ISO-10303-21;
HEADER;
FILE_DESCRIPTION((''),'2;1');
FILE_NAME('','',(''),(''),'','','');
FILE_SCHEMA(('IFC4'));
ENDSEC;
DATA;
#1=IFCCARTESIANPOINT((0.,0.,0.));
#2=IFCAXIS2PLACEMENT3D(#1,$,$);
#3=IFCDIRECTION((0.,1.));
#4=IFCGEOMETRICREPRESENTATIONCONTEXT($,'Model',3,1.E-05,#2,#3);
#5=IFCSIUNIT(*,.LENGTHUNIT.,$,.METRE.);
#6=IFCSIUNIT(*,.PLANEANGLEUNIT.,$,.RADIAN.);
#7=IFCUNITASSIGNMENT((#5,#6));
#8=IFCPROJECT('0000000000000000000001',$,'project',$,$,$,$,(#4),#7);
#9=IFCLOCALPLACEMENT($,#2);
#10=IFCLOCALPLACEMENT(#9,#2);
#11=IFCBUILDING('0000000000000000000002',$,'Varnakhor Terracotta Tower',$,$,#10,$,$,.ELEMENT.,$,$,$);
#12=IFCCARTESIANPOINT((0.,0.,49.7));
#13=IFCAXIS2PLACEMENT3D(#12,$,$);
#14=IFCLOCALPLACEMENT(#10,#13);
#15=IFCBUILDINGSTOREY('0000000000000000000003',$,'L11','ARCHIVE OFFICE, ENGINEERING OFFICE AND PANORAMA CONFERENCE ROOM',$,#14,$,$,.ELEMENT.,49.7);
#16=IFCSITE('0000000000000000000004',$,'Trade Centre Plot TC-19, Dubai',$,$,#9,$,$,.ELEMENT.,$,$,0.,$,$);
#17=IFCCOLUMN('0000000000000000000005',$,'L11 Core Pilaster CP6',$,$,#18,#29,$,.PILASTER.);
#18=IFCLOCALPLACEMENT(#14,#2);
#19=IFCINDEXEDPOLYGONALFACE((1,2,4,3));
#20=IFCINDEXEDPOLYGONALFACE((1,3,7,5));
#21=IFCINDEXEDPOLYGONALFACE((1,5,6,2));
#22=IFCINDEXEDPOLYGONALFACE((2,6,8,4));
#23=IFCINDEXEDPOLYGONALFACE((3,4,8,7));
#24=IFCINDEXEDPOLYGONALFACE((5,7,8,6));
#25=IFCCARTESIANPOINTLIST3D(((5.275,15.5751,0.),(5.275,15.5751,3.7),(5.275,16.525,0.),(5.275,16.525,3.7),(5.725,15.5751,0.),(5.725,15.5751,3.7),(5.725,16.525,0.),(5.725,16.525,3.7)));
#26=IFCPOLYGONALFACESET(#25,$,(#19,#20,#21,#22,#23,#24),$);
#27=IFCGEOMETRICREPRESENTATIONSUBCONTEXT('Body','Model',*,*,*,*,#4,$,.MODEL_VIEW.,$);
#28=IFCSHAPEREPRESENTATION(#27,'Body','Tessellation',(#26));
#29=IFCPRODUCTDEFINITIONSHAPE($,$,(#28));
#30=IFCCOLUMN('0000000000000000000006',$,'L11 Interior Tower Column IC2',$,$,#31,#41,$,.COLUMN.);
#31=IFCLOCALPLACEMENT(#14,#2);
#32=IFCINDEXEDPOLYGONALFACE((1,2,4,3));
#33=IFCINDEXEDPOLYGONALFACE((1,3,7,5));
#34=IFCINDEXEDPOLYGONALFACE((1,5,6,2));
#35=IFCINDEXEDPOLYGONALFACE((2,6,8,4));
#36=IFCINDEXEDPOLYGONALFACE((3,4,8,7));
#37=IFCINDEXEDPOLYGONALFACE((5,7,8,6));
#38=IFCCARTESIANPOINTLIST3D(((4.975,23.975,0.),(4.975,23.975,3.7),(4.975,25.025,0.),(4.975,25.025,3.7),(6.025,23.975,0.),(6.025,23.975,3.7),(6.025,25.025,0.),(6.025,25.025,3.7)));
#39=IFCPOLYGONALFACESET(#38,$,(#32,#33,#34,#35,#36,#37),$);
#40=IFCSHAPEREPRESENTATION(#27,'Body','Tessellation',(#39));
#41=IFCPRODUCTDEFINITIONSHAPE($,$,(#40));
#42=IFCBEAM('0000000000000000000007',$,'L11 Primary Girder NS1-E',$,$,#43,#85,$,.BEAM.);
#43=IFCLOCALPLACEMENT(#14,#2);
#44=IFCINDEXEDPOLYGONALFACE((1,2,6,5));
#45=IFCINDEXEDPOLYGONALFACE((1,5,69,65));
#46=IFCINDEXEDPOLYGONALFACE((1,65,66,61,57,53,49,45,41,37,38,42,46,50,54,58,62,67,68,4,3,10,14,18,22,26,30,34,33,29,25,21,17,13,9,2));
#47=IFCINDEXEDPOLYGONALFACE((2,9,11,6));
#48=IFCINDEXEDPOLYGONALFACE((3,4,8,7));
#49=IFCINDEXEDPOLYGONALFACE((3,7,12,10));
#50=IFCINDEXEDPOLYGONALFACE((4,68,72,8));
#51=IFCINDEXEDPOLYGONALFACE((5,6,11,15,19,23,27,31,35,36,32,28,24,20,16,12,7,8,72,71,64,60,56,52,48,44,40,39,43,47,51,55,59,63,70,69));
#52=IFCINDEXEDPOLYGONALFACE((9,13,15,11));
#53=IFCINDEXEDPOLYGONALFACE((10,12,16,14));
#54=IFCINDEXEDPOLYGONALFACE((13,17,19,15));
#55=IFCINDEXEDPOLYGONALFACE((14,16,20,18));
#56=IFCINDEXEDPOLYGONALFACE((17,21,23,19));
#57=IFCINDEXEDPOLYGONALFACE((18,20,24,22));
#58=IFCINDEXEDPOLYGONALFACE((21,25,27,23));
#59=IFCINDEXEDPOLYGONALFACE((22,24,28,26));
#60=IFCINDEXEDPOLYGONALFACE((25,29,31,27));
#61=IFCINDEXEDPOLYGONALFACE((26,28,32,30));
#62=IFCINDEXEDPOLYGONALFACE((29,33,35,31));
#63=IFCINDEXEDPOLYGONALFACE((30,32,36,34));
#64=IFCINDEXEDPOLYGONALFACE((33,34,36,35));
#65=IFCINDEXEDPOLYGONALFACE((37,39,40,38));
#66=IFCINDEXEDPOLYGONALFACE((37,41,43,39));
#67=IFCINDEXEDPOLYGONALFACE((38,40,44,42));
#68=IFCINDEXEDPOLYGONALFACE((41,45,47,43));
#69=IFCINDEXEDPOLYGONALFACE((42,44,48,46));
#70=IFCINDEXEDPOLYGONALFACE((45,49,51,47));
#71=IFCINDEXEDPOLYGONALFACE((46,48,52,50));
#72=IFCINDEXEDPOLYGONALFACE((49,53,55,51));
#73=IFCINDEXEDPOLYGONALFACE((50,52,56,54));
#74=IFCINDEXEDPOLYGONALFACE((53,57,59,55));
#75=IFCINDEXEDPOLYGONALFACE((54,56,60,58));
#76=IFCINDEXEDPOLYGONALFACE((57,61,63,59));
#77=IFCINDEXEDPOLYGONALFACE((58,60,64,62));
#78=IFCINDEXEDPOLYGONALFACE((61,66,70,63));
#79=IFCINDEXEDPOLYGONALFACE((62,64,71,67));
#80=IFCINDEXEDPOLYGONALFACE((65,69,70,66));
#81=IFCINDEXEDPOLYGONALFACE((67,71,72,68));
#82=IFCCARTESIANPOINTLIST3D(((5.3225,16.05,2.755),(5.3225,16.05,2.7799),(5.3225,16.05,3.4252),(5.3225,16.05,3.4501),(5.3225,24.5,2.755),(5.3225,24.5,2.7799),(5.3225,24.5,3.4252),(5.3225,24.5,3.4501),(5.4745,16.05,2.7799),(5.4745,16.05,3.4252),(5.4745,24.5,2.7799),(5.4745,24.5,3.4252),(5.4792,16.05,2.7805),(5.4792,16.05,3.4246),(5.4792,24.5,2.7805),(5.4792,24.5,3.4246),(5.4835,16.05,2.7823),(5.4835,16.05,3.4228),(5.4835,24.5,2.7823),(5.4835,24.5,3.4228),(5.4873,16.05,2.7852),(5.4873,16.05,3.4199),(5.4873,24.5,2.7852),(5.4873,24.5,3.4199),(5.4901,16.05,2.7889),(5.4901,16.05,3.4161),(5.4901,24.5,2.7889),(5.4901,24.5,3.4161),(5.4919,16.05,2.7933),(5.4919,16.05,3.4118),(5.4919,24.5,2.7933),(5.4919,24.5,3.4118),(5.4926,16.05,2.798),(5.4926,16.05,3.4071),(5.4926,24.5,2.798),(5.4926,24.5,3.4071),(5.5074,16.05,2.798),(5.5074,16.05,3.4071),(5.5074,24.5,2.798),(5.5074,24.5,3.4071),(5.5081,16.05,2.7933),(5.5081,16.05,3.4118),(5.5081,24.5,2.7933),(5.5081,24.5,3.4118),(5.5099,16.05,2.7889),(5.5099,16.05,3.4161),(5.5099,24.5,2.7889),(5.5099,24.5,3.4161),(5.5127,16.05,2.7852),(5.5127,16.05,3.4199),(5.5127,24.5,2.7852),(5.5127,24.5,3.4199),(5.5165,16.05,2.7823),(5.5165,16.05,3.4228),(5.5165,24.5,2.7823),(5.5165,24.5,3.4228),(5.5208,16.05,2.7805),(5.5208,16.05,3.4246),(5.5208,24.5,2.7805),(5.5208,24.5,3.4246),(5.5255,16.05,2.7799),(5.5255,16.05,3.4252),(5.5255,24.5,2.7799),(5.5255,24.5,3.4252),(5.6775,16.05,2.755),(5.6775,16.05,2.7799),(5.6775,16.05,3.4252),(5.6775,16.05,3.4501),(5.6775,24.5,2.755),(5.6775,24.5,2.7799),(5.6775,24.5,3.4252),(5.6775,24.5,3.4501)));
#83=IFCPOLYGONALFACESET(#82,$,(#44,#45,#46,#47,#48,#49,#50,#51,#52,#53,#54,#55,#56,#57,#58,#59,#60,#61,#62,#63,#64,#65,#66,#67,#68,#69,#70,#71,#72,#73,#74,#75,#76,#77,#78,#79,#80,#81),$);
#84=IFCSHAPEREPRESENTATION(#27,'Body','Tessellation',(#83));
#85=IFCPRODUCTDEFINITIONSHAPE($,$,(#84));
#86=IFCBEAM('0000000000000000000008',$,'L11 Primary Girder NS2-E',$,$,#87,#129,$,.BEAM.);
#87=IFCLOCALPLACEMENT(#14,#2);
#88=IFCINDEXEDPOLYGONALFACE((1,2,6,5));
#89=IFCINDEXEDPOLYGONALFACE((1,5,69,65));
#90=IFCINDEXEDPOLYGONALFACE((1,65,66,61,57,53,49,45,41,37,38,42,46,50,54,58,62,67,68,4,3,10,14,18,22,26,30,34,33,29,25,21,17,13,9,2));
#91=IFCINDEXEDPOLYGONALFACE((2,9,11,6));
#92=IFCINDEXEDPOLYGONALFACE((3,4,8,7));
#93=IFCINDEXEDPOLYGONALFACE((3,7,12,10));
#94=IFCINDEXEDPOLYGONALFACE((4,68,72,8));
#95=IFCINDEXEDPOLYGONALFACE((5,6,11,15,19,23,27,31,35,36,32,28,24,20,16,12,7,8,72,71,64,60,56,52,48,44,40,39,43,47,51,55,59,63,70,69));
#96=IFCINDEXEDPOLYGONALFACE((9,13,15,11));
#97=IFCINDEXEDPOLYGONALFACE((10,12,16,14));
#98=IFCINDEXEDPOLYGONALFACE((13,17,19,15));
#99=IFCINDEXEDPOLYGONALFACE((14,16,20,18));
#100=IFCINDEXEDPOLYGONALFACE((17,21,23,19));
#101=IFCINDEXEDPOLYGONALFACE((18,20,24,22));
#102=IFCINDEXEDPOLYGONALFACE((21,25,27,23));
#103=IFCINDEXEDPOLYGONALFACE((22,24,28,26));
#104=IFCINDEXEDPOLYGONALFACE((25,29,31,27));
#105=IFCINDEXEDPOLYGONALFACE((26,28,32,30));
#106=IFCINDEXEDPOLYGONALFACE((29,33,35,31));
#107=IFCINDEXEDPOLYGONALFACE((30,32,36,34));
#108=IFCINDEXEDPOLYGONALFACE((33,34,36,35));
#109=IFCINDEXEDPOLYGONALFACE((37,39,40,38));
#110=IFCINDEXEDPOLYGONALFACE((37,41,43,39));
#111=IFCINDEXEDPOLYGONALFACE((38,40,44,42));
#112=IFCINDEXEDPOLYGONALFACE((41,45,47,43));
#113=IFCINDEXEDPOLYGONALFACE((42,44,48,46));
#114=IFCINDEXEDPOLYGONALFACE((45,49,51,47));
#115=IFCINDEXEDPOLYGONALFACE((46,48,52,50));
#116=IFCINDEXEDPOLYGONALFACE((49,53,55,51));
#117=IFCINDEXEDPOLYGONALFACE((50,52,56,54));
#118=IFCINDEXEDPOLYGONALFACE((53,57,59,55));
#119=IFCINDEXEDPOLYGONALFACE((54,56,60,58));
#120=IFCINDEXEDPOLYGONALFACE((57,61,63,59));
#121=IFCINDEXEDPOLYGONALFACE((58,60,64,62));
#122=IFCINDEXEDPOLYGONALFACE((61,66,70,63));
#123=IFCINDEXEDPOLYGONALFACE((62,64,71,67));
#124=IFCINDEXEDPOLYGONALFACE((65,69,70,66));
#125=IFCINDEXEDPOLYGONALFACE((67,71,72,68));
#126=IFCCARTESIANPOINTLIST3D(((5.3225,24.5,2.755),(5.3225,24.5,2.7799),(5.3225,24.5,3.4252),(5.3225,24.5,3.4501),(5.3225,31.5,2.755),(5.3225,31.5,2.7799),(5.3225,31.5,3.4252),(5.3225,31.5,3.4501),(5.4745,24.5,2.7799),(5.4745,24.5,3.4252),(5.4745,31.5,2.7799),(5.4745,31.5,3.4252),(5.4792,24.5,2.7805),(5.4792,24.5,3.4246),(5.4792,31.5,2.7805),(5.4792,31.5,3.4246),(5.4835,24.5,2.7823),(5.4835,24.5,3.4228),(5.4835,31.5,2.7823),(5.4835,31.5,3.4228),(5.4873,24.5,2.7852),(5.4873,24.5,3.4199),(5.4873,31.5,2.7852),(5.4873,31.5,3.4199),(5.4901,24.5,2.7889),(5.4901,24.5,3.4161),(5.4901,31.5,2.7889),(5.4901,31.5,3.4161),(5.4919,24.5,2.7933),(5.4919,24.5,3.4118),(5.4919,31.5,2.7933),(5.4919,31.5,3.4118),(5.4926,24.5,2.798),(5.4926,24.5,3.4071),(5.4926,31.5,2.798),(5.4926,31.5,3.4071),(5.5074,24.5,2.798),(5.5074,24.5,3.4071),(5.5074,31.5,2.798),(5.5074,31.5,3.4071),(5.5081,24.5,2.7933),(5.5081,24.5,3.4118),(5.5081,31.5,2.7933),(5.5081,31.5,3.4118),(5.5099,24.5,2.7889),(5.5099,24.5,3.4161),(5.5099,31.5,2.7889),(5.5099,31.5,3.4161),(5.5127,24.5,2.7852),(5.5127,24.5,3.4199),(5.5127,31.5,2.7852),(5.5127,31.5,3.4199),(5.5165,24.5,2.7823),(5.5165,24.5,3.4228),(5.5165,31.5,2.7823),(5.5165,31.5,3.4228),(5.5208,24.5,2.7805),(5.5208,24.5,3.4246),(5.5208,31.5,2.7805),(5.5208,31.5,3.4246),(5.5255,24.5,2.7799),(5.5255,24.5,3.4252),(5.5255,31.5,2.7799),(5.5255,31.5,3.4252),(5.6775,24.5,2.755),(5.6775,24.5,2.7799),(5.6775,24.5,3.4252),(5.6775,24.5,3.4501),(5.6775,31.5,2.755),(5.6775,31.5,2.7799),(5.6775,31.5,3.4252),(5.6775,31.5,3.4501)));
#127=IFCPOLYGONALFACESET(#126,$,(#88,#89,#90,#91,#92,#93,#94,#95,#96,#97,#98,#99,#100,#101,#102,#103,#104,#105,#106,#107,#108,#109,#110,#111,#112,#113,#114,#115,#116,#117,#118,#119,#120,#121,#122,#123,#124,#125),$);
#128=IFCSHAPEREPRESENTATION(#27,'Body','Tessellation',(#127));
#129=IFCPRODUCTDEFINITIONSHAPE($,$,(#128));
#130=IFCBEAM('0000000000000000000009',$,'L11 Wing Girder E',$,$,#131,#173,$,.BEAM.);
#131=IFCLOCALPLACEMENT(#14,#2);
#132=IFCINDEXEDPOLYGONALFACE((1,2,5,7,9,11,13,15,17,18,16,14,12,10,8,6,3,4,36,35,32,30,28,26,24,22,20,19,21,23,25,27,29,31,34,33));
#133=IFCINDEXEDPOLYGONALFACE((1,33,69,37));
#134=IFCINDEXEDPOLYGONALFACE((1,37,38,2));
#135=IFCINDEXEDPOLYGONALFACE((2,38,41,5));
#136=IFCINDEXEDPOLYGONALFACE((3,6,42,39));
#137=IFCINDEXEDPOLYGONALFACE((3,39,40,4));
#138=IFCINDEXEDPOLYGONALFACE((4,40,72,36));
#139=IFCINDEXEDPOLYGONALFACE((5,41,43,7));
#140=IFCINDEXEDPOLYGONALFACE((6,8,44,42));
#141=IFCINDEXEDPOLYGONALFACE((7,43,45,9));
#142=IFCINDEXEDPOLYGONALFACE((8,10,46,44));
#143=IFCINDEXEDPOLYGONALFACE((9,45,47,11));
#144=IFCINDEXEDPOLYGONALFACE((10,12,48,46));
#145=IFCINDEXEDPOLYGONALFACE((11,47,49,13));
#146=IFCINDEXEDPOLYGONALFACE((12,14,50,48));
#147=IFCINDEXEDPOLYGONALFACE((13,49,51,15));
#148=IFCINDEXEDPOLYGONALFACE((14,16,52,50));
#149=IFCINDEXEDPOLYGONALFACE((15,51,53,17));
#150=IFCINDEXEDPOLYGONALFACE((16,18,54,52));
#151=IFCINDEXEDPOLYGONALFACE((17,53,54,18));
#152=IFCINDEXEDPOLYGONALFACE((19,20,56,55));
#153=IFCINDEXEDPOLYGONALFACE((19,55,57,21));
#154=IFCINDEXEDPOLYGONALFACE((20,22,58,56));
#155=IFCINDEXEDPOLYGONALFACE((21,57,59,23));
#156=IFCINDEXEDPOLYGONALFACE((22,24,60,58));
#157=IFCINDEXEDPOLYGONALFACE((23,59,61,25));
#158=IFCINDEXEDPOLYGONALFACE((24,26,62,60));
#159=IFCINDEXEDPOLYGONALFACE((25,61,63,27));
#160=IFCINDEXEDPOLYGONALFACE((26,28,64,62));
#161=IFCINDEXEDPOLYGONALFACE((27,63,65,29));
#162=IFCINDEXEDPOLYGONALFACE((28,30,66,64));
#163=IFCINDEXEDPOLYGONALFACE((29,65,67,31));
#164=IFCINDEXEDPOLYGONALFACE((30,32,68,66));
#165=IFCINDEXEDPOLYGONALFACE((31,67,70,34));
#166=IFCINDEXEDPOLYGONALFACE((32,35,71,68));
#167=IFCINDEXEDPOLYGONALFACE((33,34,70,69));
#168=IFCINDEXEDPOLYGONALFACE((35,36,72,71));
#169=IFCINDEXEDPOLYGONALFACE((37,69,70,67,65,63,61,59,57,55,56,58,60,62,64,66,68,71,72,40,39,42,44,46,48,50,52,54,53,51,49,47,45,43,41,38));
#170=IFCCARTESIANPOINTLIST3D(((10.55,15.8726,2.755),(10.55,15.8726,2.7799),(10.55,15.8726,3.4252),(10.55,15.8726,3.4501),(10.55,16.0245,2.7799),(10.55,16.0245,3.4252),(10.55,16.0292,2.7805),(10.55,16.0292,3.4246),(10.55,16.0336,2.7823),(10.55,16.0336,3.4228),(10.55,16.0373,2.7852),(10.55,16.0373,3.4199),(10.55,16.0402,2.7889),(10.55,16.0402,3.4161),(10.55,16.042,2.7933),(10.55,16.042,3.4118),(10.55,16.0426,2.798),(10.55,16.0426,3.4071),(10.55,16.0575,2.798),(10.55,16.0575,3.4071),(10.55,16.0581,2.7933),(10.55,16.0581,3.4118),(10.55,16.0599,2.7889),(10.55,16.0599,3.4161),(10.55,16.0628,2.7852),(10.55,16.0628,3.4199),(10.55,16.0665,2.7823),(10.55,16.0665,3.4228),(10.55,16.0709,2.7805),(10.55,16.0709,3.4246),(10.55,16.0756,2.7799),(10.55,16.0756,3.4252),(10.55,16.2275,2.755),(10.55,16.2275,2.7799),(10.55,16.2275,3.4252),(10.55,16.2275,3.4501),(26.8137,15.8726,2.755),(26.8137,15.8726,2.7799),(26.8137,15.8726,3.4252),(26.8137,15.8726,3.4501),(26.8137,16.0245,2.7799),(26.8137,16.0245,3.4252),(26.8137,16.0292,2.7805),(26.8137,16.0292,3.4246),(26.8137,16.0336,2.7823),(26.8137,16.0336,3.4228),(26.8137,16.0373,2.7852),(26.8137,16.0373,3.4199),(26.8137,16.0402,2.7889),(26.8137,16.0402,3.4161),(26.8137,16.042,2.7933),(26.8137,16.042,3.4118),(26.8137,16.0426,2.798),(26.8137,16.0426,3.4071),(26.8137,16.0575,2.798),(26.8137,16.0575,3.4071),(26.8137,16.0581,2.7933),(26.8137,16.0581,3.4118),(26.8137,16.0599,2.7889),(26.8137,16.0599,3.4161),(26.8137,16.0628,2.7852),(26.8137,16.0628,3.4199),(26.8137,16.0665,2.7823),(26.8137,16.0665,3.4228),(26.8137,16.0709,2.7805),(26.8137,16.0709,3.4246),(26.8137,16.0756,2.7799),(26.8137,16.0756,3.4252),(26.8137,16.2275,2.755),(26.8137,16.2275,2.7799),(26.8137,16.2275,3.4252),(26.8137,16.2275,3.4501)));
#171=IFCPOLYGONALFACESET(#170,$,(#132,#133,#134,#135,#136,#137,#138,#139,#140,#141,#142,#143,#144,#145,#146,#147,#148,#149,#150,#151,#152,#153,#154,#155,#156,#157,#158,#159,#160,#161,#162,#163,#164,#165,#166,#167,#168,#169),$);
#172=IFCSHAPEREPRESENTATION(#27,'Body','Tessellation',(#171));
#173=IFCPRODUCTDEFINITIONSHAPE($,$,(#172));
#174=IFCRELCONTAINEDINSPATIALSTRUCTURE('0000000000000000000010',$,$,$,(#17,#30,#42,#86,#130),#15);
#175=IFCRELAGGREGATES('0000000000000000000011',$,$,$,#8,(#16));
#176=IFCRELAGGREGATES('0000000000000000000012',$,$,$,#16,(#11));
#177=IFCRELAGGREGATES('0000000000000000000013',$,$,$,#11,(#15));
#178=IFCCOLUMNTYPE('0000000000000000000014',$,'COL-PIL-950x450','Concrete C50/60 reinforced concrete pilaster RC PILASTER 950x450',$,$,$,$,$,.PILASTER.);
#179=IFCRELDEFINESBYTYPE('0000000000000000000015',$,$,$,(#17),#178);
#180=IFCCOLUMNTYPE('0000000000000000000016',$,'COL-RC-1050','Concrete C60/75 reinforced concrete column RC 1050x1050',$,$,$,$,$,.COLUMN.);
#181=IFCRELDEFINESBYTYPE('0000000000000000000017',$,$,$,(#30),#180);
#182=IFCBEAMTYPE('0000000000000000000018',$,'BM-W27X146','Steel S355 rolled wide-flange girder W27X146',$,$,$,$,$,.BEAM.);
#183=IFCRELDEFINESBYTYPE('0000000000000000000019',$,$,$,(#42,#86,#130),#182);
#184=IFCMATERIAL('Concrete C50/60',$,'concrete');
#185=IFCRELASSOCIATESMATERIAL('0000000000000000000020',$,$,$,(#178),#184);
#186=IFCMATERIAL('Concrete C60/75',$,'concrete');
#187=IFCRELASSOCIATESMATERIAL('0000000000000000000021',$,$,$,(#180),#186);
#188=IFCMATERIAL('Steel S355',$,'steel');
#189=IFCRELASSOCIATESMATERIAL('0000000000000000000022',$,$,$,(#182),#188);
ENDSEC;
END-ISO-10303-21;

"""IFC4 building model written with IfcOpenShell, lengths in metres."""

from ifc_helpers import new_model, si_unit, direction, frame, origin, origin_2d, place, context, subcontext, project, spatial, rectangle, i_section, extrude, source, transform, mapped, material, material_profile, profile_set, type_object, type_shapes, element, save


model = new_model("IFC4")

# Units and contexts
model_context = context("Model", 3, precision=1e-05, world=origin(), true_north=direction((0.0, 1.0)))
body_context = subcontext(model_context, "Body", "Model", "MODEL_VIEW")
ifc_project = project(units=[si_unit("LENGTHUNIT", "METRE"), si_unit("PLANEANGLEUNIT", "RADIAN")], contexts=[model_context])

# Site, building, storey
site_placement = place(None, origin())
site = spatial("IfcSite", under=ifc_project, at=site_placement, Name="Trade Centre Plot TC-19, Dubai", CompositionType="ELEMENT", RefElevation=0.0)
building_placement = place(site_placement, origin())
building = spatial("IfcBuilding", under=site, at=building_placement, Name="Varnakhor Terracotta Tower", CompositionType="ELEMENT")
storey_placement = place(building_placement, frame((0.0, 0.0, 49.7)))
storey = spatial("IfcBuildingStorey", under=building, at=storey_placement, Name="L11", Description="ARCHIVE OFFICE, ENGINEERING OFFICE AND PANORAMA CONFERENCE ROOM", CompositionType="ELEMENT", Elevation=49.7)

# Columns
ifc_material_1 = material(Name="Concrete C50/60", Category="concrete")
ifc_material_profile_1 = material_profile(ifc_material_1, rectangle(XDim=0.45, YDim=0.95, at=origin_2d()), Name="RC PILASTER 950x450")
ifc_profile_set_1 = profile_set([ifc_material_profile_1], Name="Concrete C50/60")
column_type_1 = type_object("IfcColumnType", Name="COL-PIL-950x450", Description="Concrete C50/60 reinforced concrete pilaster RC PILASTER 950x450", PredefinedType="PILASTER", material=ifc_profile_set_1)
shared_shape_1 = source(origin(), body_context, "Body", "SweptSolid", [
    extrude(rectangle(XDim=0.45, YDim=0.95, at=origin_2d()), origin(), (0.0, 0.0, 1.0), 3.7),
])
column_1_placement = place(storey_placement, frame((5.5, 16.05, 0.0), z_axis=(0.0, 0.0, 1.0), x_axis=(1.0, 0.0, 0.0)))
element("IfcColumn", 1, at=column_1_placement, inside=storey, type_object=column_type_1, Name="L11 Core Pilaster CP6", PredefinedType="PILASTER", context=body_context, shape_type="MappedRepresentation", body=[
    mapped(shared_shape_1, transform((0.0, 0.0, 0.0), scale=1.0)),
])
ifc_material_2 = material(Name="Concrete C60/75", Category="concrete")
ifc_material_profile_2 = material_profile(ifc_material_2, rectangle(XDim=1.05, YDim=1.05, at=origin_2d()), Name="RC 1050x1050")
ifc_profile_set_2 = profile_set([ifc_material_profile_2], Name="Concrete C60/75")
column_type_2 = type_object("IfcColumnType", Name="COL-RC-1050", Description="Concrete C60/75 reinforced concrete column RC 1050x1050", PredefinedType="COLUMN", material=ifc_profile_set_2)
shared_shape_2 = source(origin(), body_context, "Body", "SweptSolid", [
    extrude(rectangle(XDim=1.05, YDim=1.05, at=origin_2d()), origin(), (0.0, 0.0, 1.0), 3.7),
])
column_2_placement = place(storey_placement, frame((5.5, 24.5, 0.0), z_axis=(0.0, 0.0, 1.0), x_axis=(1.0, 0.0, 0.0)))
element("IfcColumn", 2, at=column_2_placement, inside=storey, type_object=column_type_2, Name="L11 Interior Tower Column IC2", PredefinedType="COLUMN", context=body_context, shape_type="MappedRepresentation", body=[
    mapped(shared_shape_2, transform((0.0, 0.0, 0.0), scale=1.0)),
])

# Beams
ifc_material_3 = material(Name="Steel S355", Category="steel")
ifc_material_profile_3 = material_profile(ifc_material_3, i_section(OverallWidth=0.355, OverallDepth=0.6951, WebThickness=0.0149, FlangeThickness=0.0249, FilletRadius=0.0181, at=origin_2d()), Name="W27X146")
ifc_profile_set_3 = profile_set([ifc_material_profile_3], Name="Steel S355")
beam_type_1 = type_object("IfcBeamType", Name="BM-W27X146", Description="Steel S355 rolled wide-flange girder W27X146", PredefinedType="BEAM", material=ifc_profile_set_3)
shared_shape_3 = source(origin(), body_context, "Body", "SweptSolid", [
    extrude(i_section(OverallWidth=0.355, OverallDepth=0.6951, WebThickness=0.0149, FlangeThickness=0.0249, FilletRadius=0.0181, at=origin_2d()), origin(), (0.0, 0.0, 1.0), 8.45),
])
type_shapes(beam_type_1, [shared_shape_3])
beam_1_placement = place(storey_placement, frame((5.5, 16.05, 3.1025), z_axis=(0.0, 1.0, 0.0), x_axis=(-1.0, 0.0, 0.0)))
element("IfcBeam", 3, at=beam_1_placement, inside=storey, type_object=beam_type_1, Name="L11 Primary Girder NS1-E", PredefinedType="BEAM", context=body_context, shape_type="MappedRepresentation", body=[
    mapped(shared_shape_3, transform((0.0, 0.0, 0.0), scale=1.0)),
])
shared_shape_4 = source(origin(), body_context, "Body", "SweptSolid", [
    extrude(i_section(OverallWidth=0.355, OverallDepth=0.6951, WebThickness=0.0149, FlangeThickness=0.0249, FilletRadius=0.0181, at=origin_2d()), origin(), (0.0, 0.0, 1.0), 7.0),
])
beam_2_placement = place(storey_placement, frame((5.5, 24.5, 3.1025), z_axis=(0.0, 1.0, 0.0), x_axis=(-1.0, 0.0, 0.0)))
element("IfcBeam", 4, at=beam_2_placement, inside=storey, type_object=beam_type_1, Name="L11 Primary Girder NS2-E", PredefinedType="BEAM", context=body_context, shape_type="MappedRepresentation", body=[
    mapped(shared_shape_4, transform((0.0, 0.0, 0.0), scale=1.0)),
])
shared_shape_5 = source(origin(), body_context, "Body", "SweptSolid", [
    extrude(i_section(OverallWidth=0.355, OverallDepth=0.6951, WebThickness=0.0149, FlangeThickness=0.0249, FilletRadius=0.0181, at=origin_2d()), origin(), (0.0, 0.0, 1.0), 16.2637),
])
beam_3_placement = place(storey_placement, frame((10.55, 16.05, 3.1025), z_axis=(1.0, 0.0, 0.0), x_axis=(0.0, 1.0, 0.0)))
element("IfcBeam", 5, at=beam_3_placement, inside=storey, type_object=beam_type_1, Name="L11 Wing Girder E", PredefinedType="BEAM", context=body_context, shape_type="MappedRepresentation", body=[
    mapped(shared_shape_5, transform((0.0, 0.0, 0.0), scale=1.0)),
])

save(model, "model.ifc")
